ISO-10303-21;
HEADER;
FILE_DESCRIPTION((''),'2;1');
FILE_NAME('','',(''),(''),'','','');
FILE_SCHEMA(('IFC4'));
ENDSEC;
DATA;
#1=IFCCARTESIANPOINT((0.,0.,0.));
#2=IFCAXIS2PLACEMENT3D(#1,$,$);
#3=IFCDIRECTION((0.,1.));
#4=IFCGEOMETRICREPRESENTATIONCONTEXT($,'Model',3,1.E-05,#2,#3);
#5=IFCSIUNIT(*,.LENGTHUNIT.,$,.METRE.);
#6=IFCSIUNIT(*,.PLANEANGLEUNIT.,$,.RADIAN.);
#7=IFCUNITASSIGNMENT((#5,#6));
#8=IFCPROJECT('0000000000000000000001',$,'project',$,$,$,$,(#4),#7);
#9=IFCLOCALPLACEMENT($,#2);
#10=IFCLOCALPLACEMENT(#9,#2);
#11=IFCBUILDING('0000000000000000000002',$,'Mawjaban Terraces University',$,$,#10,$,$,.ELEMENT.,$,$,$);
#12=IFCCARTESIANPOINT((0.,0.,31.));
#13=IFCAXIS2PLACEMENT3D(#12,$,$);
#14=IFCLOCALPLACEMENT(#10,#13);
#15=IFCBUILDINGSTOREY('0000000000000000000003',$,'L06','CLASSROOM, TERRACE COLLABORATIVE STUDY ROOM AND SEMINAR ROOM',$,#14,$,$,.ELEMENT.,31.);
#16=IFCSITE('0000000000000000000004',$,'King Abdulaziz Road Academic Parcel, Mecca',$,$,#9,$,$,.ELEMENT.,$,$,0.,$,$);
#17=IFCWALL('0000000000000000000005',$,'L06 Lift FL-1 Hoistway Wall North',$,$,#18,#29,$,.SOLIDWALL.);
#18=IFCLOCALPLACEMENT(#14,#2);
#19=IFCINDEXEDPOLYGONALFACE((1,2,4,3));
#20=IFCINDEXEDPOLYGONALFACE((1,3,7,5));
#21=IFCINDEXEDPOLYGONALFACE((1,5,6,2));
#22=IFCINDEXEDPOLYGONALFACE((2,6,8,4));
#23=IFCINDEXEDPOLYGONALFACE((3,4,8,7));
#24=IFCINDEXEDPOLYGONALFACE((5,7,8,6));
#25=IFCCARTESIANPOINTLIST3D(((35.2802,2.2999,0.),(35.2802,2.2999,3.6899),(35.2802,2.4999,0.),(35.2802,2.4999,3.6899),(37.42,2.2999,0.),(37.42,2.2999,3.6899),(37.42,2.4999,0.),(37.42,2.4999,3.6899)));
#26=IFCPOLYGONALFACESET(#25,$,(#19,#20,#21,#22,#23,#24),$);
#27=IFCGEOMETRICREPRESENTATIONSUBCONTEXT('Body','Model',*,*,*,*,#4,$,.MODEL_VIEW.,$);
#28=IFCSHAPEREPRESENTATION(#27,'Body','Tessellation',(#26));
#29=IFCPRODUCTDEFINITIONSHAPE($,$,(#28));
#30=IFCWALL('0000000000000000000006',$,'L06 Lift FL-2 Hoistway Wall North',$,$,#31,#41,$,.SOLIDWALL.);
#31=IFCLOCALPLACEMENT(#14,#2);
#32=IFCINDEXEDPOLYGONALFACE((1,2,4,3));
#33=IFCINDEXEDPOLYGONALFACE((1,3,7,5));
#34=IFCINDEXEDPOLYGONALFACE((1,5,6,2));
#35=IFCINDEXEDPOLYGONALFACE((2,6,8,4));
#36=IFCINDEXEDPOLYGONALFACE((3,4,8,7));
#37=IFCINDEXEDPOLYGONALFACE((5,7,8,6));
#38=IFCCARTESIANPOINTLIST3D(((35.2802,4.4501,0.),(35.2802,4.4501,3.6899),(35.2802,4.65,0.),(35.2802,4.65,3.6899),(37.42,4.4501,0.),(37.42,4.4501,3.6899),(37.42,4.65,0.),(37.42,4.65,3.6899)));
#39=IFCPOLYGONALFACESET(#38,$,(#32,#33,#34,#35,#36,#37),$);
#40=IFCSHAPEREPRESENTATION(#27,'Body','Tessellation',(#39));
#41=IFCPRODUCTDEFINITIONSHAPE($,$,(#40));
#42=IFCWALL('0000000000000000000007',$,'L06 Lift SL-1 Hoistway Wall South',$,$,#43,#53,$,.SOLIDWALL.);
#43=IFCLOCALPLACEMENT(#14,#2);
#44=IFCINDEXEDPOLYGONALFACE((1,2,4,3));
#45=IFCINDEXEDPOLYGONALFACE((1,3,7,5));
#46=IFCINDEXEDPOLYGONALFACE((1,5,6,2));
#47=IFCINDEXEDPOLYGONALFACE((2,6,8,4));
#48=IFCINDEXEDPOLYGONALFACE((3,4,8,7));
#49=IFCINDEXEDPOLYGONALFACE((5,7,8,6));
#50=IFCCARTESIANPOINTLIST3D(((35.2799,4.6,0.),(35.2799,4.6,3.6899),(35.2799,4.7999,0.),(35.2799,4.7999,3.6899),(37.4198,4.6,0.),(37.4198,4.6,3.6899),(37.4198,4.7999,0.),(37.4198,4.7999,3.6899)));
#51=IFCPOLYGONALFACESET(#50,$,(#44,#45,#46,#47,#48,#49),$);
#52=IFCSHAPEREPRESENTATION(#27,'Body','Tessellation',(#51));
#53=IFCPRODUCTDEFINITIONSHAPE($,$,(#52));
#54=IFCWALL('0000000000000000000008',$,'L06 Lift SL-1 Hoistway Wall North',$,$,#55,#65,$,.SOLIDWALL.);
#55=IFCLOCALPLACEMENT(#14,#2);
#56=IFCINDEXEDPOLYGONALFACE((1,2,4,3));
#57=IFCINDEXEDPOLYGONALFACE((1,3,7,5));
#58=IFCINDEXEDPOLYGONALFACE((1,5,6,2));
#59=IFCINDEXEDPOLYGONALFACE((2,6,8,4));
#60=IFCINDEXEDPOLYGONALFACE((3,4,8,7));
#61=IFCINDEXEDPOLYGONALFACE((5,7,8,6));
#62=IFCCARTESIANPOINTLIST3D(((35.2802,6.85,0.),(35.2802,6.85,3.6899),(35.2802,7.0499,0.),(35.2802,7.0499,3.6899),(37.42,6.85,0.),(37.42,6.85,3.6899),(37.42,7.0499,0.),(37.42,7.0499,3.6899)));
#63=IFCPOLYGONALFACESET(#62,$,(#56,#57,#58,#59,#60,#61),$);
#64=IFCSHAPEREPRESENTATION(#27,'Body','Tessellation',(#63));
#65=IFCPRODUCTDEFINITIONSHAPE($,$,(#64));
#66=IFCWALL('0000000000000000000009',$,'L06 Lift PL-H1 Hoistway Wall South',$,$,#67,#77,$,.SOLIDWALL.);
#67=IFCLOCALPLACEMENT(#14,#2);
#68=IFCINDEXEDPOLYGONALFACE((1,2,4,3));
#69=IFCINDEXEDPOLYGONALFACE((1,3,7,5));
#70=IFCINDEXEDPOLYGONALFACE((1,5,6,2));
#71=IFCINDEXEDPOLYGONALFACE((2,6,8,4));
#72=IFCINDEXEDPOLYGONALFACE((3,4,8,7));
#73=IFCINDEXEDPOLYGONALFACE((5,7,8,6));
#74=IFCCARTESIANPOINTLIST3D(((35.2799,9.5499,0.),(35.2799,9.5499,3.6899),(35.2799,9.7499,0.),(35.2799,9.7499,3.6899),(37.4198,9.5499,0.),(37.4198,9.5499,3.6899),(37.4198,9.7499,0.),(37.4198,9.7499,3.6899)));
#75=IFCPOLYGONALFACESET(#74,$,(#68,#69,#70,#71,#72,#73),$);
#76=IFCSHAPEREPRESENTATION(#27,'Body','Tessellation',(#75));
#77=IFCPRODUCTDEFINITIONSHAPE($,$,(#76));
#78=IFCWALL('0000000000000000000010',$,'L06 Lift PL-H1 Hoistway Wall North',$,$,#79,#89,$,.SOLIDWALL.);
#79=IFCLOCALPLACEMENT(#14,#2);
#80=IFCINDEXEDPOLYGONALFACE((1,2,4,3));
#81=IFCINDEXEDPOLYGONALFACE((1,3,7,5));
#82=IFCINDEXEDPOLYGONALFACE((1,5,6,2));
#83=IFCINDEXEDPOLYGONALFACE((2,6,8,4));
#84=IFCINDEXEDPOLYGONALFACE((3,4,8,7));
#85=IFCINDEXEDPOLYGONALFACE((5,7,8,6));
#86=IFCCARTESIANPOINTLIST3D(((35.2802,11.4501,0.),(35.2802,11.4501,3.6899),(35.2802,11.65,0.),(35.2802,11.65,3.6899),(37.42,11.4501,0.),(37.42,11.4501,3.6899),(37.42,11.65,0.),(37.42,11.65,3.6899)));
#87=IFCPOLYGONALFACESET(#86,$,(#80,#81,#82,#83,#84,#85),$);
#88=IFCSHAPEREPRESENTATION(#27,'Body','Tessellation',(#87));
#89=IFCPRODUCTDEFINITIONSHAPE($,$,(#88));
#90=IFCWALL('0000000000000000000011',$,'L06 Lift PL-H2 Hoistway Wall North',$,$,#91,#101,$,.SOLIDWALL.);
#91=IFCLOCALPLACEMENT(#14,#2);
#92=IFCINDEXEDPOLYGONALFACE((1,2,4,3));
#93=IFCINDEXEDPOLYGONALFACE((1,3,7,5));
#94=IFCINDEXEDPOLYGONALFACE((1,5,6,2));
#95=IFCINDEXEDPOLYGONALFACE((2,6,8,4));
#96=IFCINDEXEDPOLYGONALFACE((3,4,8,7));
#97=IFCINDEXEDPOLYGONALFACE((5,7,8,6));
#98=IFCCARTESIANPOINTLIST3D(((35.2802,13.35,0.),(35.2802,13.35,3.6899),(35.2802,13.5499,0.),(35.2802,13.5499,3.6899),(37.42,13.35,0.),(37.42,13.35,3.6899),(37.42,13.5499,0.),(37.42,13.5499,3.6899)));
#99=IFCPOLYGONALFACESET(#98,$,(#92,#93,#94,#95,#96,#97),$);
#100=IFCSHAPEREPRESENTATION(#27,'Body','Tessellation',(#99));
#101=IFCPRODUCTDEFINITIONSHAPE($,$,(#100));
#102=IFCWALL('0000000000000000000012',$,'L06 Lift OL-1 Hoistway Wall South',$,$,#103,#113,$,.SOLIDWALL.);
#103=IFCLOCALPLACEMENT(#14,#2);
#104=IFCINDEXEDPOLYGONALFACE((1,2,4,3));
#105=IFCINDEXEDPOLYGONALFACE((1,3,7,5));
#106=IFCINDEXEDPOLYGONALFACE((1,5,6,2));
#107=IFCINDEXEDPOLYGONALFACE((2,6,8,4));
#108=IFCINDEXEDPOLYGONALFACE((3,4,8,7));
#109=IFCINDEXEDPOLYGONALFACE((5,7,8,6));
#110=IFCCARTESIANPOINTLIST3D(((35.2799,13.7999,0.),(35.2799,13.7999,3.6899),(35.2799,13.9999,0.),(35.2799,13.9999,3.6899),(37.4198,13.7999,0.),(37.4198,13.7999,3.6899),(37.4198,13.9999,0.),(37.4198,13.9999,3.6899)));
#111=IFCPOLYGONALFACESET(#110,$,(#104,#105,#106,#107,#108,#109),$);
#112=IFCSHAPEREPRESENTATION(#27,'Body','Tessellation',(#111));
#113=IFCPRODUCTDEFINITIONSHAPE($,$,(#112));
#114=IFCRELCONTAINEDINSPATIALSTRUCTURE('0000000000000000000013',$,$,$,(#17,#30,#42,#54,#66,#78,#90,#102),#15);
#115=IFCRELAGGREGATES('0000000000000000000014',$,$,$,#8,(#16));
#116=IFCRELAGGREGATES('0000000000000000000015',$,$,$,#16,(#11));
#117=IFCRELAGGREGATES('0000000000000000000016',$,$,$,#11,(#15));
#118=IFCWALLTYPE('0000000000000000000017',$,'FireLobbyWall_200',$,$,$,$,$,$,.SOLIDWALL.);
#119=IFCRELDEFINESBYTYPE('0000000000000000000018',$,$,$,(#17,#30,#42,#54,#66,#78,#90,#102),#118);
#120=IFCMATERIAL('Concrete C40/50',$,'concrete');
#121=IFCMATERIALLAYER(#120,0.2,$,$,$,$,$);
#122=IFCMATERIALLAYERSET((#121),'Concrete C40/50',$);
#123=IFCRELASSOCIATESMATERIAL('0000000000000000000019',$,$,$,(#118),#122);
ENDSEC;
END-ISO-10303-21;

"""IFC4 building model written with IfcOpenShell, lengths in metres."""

from ifc_helpers import new_model, si_unit, direction, frame, frame_2d, origin, place, context, subcontext, project, spatial, rectangle, extrude, material, layer, layer_set, type_object, element, save


model = new_model("IFC4")

# Units and contexts
model_context = context("Model", 3, precision=1e-05, world=origin(), true_north=direction((0.0, 1.0)))
body_context = subcontext(model_context, "Body", "Model", "MODEL_VIEW")
ifc_project = project(units=[si_unit("LENGTHUNIT", "METRE"), si_unit("PLANEANGLEUNIT", "RADIAN")], contexts=[model_context])

# Site, building, storey
site_placement = place(None, origin())
site = spatial("IfcSite", under=ifc_project, at=site_placement, Name="King Abdulaziz Road Academic Parcel, Mecca", CompositionType="ELEMENT", RefElevation=0.0)
building_placement = place(site_placement, origin())
building = spatial("IfcBuilding", under=site, at=building_placement, Name="Mawjaban Terraces University", CompositionType="ELEMENT")
storey_placement = place(building_placement, frame((0.0, 0.0, 31.0)))
storey = spatial("IfcBuildingStorey", under=building, at=storey_placement, Name="L06", Description="CLASSROOM, TERRACE COLLABORATIVE STUDY ROOM AND SEMINAR ROOM", CompositionType="ELEMENT", Elevation=31.0)

# Walls
ifc_material_1 = material(Name="Concrete C40/50", Category="concrete")
ifc_layer_1 = layer(ifc_material_1, 0.2)
ifc_layer_set_1 = layer_set([ifc_layer_1], Name="Concrete C40/50")
wall_type_1 = type_object("IfcWallType", Name="FireLobbyWall_200", PredefinedType="SOLIDWALL", material=ifc_layer_set_1)
for number, where, z_axis, x_axis, name in (
    (1, (37.4199, 2.3999, 0.0), (0.0, 0.0, 1.0), (-1.0, 0.0, 0.0), "L06 Lift FL-1 Hoistway Wall North"),
    (2, (37.4199, 4.55, 0.0), (0.0, 0.0, 1.0), (-1.0, 0.0, 0.0), "L06 Lift FL-2 Hoistway Wall North"),
    (3, (35.28, 4.7, 0.0), (0.0, 0.0, 1.0), (1.0, 0.0, 0.0), "L06 Lift SL-1 Hoistway Wall South"),
    (4, (37.4199, 6.95, 0.0), (0.0, 0.0, 1.0), (-1.0, 0.0, 0.0), "L06 Lift SL-1 Hoistway Wall North"),
    (5, (35.28, 9.6499, 0.0), (0.0, 0.0, 1.0), (1.0, 0.0, 0.0), "L06 Lift PL-H1 Hoistway Wall South"),
    (6, (37.4199, 11.55, 0.0), (0.0, 0.0, 1.0), (-1.0, 0.0, 0.0), "L06 Lift PL-H1 Hoistway Wall North"),
    (7, (37.4199, 13.45, 0.0), (0.0, 0.0, 1.0), (-1.0, 0.0, 0.0), "L06 Lift PL-H2 Hoistway Wall North"),
    (8, (35.28, 13.8999, 0.0), (0.0, 0.0, 1.0), (1.0, 0.0, 0.0), "L06 Lift OL-1 Hoistway Wall South"),
):
    element("IfcWall", number, at=place(storey_placement, frame(where, z_axis=z_axis, x_axis=x_axis)), inside=storey, type_object=wall_type_1, Name=name, PredefinedType="SOLIDWALL", context=body_context, shape_type="SweptSolid", body=[
        extrude(rectangle(XDim=2.1399, YDim=0.2, at=frame_2d((1.0698, 0.0))), origin(), (0.0, 0.0, 1.0), 3.6899),
    ])

save(model, "model.ifc")
